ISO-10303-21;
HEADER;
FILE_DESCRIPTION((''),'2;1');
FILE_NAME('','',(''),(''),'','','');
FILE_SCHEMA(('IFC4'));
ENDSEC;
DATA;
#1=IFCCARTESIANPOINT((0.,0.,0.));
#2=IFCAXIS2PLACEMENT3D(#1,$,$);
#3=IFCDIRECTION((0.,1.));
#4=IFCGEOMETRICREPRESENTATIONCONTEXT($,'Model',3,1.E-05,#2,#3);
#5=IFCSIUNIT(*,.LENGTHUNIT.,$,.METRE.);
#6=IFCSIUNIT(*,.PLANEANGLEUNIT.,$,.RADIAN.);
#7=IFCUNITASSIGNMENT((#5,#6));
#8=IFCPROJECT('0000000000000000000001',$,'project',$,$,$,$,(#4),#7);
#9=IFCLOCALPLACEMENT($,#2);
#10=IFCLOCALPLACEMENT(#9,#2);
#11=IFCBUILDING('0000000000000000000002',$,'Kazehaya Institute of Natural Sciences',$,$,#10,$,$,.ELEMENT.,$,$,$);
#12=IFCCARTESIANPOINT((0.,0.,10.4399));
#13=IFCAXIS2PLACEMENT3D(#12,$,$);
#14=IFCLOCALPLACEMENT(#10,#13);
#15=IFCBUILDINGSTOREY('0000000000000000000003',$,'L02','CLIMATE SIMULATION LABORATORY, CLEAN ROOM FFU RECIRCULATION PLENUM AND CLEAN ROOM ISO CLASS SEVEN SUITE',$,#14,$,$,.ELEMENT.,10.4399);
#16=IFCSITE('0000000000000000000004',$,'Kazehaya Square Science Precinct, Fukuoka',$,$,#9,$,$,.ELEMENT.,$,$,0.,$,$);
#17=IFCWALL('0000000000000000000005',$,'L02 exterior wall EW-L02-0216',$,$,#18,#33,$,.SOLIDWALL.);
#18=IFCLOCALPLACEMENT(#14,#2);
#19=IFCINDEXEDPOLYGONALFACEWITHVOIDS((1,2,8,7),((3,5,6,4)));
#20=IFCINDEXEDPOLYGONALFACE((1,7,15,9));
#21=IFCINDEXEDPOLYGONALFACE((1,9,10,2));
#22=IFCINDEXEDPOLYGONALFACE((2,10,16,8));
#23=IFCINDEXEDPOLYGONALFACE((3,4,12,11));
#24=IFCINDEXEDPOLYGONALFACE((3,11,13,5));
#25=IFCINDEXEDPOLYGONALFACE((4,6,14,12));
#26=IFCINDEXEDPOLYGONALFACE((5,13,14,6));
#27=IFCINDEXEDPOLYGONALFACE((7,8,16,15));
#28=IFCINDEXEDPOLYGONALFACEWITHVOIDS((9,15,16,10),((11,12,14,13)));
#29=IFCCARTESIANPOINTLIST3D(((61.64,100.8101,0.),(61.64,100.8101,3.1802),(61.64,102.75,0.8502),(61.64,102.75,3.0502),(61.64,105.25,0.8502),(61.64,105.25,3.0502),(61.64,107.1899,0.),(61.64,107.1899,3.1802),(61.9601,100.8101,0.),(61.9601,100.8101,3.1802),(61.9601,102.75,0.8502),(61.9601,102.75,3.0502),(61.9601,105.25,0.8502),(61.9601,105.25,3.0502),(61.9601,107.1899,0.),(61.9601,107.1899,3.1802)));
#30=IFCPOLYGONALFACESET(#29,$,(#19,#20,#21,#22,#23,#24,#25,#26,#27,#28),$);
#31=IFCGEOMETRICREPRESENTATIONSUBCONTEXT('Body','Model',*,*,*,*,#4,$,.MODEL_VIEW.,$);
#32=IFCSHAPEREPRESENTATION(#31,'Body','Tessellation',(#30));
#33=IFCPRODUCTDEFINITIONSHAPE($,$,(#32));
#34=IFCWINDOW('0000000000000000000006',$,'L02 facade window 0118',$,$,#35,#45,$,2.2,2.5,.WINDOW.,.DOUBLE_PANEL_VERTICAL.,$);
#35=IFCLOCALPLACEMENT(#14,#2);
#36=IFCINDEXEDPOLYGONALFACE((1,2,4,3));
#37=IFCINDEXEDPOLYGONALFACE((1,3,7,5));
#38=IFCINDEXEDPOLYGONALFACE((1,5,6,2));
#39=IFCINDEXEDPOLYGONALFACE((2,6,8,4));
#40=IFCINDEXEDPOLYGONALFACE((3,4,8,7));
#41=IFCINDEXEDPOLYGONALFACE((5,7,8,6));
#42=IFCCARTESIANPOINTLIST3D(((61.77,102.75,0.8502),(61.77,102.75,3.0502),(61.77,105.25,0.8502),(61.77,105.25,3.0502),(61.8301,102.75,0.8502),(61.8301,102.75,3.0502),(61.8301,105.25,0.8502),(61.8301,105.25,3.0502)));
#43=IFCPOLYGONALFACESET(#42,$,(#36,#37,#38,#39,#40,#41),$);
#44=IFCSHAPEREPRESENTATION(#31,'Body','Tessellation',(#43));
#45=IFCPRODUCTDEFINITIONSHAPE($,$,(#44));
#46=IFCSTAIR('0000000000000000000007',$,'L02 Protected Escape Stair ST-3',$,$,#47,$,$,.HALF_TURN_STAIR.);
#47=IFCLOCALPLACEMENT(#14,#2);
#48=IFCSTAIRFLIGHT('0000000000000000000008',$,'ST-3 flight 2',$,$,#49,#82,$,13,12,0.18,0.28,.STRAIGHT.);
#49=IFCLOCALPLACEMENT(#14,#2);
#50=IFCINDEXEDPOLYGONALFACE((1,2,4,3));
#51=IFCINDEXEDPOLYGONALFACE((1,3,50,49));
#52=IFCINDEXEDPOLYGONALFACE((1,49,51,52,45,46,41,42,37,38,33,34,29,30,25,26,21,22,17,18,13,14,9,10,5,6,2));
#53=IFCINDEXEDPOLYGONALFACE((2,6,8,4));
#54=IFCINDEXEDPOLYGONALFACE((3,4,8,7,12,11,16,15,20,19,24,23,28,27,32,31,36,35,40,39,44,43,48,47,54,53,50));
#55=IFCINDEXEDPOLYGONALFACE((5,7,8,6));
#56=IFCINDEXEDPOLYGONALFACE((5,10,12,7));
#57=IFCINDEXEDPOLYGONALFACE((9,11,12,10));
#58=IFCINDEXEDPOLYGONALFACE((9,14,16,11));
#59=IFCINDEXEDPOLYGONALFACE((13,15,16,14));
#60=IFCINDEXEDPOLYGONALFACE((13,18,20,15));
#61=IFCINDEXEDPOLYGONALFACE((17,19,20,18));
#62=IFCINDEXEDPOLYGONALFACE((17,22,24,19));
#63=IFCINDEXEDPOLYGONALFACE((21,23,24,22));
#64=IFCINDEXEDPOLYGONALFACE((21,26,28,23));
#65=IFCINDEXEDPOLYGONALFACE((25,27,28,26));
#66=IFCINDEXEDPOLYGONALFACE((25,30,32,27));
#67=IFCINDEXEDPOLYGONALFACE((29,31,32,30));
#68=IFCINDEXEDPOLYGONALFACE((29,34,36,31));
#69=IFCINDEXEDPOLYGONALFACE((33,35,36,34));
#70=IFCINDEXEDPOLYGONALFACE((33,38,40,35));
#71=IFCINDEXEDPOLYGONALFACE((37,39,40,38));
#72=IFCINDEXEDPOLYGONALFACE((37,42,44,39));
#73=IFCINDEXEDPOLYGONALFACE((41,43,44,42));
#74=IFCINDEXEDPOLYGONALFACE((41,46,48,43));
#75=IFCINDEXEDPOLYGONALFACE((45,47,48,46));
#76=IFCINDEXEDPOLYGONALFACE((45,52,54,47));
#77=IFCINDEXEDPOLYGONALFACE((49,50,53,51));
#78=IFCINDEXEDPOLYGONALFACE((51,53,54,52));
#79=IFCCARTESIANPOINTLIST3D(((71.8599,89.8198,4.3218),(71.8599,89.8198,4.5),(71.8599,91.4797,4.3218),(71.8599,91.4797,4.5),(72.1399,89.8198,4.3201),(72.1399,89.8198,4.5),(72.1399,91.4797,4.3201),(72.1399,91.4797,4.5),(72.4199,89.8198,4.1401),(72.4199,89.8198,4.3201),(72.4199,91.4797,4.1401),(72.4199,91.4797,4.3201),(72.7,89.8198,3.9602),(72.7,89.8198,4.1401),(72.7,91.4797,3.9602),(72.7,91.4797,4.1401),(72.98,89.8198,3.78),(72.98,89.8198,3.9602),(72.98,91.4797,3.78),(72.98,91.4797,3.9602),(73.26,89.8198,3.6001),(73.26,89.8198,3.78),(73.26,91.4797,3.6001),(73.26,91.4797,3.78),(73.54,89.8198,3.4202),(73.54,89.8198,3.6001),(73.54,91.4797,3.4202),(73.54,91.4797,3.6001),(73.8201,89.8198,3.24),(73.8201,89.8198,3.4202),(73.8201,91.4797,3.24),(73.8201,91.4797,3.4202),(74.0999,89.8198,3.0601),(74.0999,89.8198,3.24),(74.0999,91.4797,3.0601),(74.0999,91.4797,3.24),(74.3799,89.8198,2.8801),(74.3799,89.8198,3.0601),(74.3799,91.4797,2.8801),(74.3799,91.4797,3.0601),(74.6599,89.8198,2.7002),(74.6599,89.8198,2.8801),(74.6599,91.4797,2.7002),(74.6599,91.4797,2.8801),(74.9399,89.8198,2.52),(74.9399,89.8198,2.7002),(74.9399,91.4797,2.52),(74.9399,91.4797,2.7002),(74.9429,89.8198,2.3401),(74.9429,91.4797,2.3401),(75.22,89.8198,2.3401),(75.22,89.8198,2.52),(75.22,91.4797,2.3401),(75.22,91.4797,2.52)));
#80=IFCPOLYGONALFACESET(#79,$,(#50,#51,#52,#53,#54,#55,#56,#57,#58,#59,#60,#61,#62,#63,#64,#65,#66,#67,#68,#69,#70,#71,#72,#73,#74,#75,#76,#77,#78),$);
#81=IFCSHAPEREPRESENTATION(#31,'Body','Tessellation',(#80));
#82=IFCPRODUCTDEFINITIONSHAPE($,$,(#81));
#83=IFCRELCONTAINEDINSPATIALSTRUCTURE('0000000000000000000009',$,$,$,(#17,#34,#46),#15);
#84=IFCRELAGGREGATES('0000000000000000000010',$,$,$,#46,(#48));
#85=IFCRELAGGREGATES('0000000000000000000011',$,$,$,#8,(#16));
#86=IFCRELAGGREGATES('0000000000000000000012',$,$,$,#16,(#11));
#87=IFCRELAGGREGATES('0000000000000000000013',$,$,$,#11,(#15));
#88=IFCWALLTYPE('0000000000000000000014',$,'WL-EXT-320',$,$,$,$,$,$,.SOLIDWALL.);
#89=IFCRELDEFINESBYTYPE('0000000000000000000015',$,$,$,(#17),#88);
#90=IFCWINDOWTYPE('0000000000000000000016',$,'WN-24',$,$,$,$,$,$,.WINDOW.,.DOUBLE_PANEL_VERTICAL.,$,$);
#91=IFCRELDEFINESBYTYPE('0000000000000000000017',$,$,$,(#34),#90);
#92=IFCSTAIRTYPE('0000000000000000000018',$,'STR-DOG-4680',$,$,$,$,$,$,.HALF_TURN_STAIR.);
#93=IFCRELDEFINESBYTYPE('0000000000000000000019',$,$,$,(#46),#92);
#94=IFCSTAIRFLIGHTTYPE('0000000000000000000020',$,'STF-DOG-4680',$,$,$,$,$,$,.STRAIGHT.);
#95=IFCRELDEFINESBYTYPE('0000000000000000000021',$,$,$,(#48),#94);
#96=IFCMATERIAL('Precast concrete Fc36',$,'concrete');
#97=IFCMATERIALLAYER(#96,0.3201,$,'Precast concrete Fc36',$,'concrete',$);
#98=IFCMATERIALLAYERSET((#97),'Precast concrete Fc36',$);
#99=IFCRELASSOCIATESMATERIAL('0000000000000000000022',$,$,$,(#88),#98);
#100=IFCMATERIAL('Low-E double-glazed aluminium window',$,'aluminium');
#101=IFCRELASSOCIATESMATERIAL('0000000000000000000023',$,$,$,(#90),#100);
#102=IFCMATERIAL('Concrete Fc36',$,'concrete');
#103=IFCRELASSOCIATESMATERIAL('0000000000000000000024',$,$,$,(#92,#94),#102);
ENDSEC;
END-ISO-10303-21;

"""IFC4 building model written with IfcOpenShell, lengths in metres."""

from ifc_helpers import new_model, si_unit, direction, frame, frame_2d, origin, place, context, subcontext, project, spatial, polyline, rectangle, outline, extrude, material, layer, layer_set, type_object, element, fill, aggregate, save


model = new_model("IFC4")

# Units and contexts
model_context = context("Model", 3, precision=1e-05, world=origin(), true_north=direction((0.0, 1.0)))
body_context = subcontext(model_context, "Body", "Model", "MODEL_VIEW")
ifc_project = project(units=[si_unit("LENGTHUNIT", "METRE"), si_unit("PLANEANGLEUNIT", "RADIAN")], contexts=[model_context])

# Site, building, storey
site_placement = place(None, origin())
site = spatial("IfcSite", under=ifc_project, at=site_placement, Name="Kazehaya Square Science Precinct, Fukuoka", CompositionType="ELEMENT", RefElevation=0.0)
building_placement = place(site_placement, origin())
building = spatial("IfcBuilding", under=site, at=building_placement, Name="Kazehaya Institute of Natural Sciences", CompositionType="ELEMENT")
storey_placement = place(building_placement, frame((0.0, 0.0, 10.4399)))
storey = spatial("IfcBuildingStorey", under=building, at=storey_placement, Name="L02", Description="CLIMATE SIMULATION LABORATORY, CLEAN ROOM FFU RECIRCULATION PLENUM AND CLEAN ROOM ISO CLASS SEVEN SUITE", CompositionType="ELEMENT", Elevation=10.4399)

# Shared definitions
ifc_material_1 = material(Name="Concrete Fc36", Category="concrete")

# Wall, opening, window
ifc_material_2 = material(Name="Precast concrete Fc36", Category="concrete")
ifc_layer_1 = layer(ifc_material_2, 0.3201, Name="Precast concrete Fc36", Category="concrete")
ifc_layer_set_1 = layer_set([ifc_layer_1], Name="Precast concrete Fc36")
wall_type_1 = type_object("IfcWallType", Name="WL-EXT-320", PredefinedType="SOLIDWALL", material=ifc_layer_set_1)
ifc_material_3 = material(Name="Low-E double-glazed aluminium window", Category="aluminium")
window_type = type_object("IfcWindowType", Name="WN-24", PartitioningType="DOUBLE_PANEL_VERTICAL", PredefinedType="WINDOW", material=ifc_material_3)
wall_1_placement = place(storey_placement, frame((61.8, 100.8101, 0.0), z_axis=(0.0, 0.0, 1.0), x_axis=(0.0, 1.0, 0.0)))
wall_1 = element("IfcWall", 1, at=wall_1_placement, inside=storey, type_object=wall_type_1, Name="L02 exterior wall EW-L02-0216", PredefinedType="SOLIDWALL", context=body_context, shape_type="SweptSolid", body=[
    extrude(rectangle(XDim=6.3799, YDim=0.3201, at=frame_2d((3.1899, 0.0))), origin(), (0.0, 0.0, 1.0), 3.1802),
])
opening_1_placement = place(wall_1_placement, frame((1.9399, 0.0, 0.8501)))
opening_1 = element("IfcOpeningElement", 2, at=opening_1_placement, cuts=wall_1, PredefinedType="OPENING", context=body_context, shape_type="SweptSolid", body=[
    extrude(rectangle(XDim=2.5, YDim=2.2, at=frame_2d((1.25, 1.1001))), frame((0.0, 0.1699, 0.0), z_axis=(0.0, -1.0, 0.0), x_axis=(1.0, 0.0, 0.0)), (0.0, 0.0, 1.0), 0.3401),
])
window_1_placement = place(opening_1_placement, origin())
window_1 = element("IfcWindow", 3, at=window_1_placement, inside=storey, type_object=window_type, Name="L02 facade window 0118", OverallHeight=2.2, OverallWidth=2.5, PartitioningType="DOUBLE_PANEL_VERTICAL", PredefinedType="WINDOW", context=body_context, shape_type="SweptSolid", body=[
    extrude(rectangle(XDim=2.5, YDim=2.2, at=frame_2d((1.25, 1.1001))), frame((0.0, 0.03, 0.0), z_axis=(0.0, -1.0, 0.0), x_axis=(1.0, 0.0, 0.0)), (0.0, 0.0, 1.0), 0.0601),
])
fill(opening_1, window_1)

# Stair, stair flight
stair_type = type_object("IfcStairType", Name="STR-DOG-4680", PredefinedType="HALF_TURN_STAIR", material=ifc_material_1)
stair_placement = place(storey_placement, origin())
stair = element("IfcStair", 4, at=stair_placement, inside=storey, type_object=stair_type, Name="L02 Protected Escape Stair ST-3", PredefinedType="HALF_TURN_STAIR")
stair_flight_type = type_object("IfcStairFlightType", Name="STF-DOG-4680", PredefinedType="STRAIGHT", material=ifc_material_1)
stair_flight_placement = place(storey_placement, frame((75.22, 90.6499, 2.3401), z_axis=(0.0, 0.0, 1.0), x_axis=(-1.0, 0.0, 0.0)))
stair_flight = element("IfcStairFlight", 5, at=stair_flight_placement, type_object=stair_flight_type, Name="ST-3 flight 2", NumberOfRisers=13, NumberOfTreads=12, PredefinedType="STRAIGHT", RiserHeight=0.18, TreadLength=0.28, context=body_context, shape_type="SweptSolid", body=[
    extrude(outline(polyline([(0.0, 0.0), (0.0, 0.1799), (0.28, 0.1799), (0.28, 0.3601), (0.5601, 0.3601), (0.5601, 0.54), (0.8401, 0.54), (0.8401, 0.72), (1.1201, 0.72), (1.1201, 0.8999), (1.3999, 0.8999), (1.3999, 1.0801), (1.6799, 1.0801), (1.6799, 1.26), (1.96, 1.26), (1.96, 1.4399), (2.24, 1.4399), (2.24, 1.6201), (2.52, 1.6201), (2.52, 1.8), (2.8, 1.8), (2.8, 1.98), (3.0801, 1.98), (3.0801, 2.1599), (3.3601, 2.1599), (3.3601, 2.3401), (3.3601, 1.9817), (0.2771, 0.0), (0.0, 0.0)])), frame((0.0, 0.8301, 0.0), z_axis=(0.0, -1.0, 0.0), x_axis=(1.0, 0.0, 0.0)), (0.0, 0.0, 1.0), 1.6599),
])
aggregate(stair, [stair_flight])

save(model, "model.ifc")
